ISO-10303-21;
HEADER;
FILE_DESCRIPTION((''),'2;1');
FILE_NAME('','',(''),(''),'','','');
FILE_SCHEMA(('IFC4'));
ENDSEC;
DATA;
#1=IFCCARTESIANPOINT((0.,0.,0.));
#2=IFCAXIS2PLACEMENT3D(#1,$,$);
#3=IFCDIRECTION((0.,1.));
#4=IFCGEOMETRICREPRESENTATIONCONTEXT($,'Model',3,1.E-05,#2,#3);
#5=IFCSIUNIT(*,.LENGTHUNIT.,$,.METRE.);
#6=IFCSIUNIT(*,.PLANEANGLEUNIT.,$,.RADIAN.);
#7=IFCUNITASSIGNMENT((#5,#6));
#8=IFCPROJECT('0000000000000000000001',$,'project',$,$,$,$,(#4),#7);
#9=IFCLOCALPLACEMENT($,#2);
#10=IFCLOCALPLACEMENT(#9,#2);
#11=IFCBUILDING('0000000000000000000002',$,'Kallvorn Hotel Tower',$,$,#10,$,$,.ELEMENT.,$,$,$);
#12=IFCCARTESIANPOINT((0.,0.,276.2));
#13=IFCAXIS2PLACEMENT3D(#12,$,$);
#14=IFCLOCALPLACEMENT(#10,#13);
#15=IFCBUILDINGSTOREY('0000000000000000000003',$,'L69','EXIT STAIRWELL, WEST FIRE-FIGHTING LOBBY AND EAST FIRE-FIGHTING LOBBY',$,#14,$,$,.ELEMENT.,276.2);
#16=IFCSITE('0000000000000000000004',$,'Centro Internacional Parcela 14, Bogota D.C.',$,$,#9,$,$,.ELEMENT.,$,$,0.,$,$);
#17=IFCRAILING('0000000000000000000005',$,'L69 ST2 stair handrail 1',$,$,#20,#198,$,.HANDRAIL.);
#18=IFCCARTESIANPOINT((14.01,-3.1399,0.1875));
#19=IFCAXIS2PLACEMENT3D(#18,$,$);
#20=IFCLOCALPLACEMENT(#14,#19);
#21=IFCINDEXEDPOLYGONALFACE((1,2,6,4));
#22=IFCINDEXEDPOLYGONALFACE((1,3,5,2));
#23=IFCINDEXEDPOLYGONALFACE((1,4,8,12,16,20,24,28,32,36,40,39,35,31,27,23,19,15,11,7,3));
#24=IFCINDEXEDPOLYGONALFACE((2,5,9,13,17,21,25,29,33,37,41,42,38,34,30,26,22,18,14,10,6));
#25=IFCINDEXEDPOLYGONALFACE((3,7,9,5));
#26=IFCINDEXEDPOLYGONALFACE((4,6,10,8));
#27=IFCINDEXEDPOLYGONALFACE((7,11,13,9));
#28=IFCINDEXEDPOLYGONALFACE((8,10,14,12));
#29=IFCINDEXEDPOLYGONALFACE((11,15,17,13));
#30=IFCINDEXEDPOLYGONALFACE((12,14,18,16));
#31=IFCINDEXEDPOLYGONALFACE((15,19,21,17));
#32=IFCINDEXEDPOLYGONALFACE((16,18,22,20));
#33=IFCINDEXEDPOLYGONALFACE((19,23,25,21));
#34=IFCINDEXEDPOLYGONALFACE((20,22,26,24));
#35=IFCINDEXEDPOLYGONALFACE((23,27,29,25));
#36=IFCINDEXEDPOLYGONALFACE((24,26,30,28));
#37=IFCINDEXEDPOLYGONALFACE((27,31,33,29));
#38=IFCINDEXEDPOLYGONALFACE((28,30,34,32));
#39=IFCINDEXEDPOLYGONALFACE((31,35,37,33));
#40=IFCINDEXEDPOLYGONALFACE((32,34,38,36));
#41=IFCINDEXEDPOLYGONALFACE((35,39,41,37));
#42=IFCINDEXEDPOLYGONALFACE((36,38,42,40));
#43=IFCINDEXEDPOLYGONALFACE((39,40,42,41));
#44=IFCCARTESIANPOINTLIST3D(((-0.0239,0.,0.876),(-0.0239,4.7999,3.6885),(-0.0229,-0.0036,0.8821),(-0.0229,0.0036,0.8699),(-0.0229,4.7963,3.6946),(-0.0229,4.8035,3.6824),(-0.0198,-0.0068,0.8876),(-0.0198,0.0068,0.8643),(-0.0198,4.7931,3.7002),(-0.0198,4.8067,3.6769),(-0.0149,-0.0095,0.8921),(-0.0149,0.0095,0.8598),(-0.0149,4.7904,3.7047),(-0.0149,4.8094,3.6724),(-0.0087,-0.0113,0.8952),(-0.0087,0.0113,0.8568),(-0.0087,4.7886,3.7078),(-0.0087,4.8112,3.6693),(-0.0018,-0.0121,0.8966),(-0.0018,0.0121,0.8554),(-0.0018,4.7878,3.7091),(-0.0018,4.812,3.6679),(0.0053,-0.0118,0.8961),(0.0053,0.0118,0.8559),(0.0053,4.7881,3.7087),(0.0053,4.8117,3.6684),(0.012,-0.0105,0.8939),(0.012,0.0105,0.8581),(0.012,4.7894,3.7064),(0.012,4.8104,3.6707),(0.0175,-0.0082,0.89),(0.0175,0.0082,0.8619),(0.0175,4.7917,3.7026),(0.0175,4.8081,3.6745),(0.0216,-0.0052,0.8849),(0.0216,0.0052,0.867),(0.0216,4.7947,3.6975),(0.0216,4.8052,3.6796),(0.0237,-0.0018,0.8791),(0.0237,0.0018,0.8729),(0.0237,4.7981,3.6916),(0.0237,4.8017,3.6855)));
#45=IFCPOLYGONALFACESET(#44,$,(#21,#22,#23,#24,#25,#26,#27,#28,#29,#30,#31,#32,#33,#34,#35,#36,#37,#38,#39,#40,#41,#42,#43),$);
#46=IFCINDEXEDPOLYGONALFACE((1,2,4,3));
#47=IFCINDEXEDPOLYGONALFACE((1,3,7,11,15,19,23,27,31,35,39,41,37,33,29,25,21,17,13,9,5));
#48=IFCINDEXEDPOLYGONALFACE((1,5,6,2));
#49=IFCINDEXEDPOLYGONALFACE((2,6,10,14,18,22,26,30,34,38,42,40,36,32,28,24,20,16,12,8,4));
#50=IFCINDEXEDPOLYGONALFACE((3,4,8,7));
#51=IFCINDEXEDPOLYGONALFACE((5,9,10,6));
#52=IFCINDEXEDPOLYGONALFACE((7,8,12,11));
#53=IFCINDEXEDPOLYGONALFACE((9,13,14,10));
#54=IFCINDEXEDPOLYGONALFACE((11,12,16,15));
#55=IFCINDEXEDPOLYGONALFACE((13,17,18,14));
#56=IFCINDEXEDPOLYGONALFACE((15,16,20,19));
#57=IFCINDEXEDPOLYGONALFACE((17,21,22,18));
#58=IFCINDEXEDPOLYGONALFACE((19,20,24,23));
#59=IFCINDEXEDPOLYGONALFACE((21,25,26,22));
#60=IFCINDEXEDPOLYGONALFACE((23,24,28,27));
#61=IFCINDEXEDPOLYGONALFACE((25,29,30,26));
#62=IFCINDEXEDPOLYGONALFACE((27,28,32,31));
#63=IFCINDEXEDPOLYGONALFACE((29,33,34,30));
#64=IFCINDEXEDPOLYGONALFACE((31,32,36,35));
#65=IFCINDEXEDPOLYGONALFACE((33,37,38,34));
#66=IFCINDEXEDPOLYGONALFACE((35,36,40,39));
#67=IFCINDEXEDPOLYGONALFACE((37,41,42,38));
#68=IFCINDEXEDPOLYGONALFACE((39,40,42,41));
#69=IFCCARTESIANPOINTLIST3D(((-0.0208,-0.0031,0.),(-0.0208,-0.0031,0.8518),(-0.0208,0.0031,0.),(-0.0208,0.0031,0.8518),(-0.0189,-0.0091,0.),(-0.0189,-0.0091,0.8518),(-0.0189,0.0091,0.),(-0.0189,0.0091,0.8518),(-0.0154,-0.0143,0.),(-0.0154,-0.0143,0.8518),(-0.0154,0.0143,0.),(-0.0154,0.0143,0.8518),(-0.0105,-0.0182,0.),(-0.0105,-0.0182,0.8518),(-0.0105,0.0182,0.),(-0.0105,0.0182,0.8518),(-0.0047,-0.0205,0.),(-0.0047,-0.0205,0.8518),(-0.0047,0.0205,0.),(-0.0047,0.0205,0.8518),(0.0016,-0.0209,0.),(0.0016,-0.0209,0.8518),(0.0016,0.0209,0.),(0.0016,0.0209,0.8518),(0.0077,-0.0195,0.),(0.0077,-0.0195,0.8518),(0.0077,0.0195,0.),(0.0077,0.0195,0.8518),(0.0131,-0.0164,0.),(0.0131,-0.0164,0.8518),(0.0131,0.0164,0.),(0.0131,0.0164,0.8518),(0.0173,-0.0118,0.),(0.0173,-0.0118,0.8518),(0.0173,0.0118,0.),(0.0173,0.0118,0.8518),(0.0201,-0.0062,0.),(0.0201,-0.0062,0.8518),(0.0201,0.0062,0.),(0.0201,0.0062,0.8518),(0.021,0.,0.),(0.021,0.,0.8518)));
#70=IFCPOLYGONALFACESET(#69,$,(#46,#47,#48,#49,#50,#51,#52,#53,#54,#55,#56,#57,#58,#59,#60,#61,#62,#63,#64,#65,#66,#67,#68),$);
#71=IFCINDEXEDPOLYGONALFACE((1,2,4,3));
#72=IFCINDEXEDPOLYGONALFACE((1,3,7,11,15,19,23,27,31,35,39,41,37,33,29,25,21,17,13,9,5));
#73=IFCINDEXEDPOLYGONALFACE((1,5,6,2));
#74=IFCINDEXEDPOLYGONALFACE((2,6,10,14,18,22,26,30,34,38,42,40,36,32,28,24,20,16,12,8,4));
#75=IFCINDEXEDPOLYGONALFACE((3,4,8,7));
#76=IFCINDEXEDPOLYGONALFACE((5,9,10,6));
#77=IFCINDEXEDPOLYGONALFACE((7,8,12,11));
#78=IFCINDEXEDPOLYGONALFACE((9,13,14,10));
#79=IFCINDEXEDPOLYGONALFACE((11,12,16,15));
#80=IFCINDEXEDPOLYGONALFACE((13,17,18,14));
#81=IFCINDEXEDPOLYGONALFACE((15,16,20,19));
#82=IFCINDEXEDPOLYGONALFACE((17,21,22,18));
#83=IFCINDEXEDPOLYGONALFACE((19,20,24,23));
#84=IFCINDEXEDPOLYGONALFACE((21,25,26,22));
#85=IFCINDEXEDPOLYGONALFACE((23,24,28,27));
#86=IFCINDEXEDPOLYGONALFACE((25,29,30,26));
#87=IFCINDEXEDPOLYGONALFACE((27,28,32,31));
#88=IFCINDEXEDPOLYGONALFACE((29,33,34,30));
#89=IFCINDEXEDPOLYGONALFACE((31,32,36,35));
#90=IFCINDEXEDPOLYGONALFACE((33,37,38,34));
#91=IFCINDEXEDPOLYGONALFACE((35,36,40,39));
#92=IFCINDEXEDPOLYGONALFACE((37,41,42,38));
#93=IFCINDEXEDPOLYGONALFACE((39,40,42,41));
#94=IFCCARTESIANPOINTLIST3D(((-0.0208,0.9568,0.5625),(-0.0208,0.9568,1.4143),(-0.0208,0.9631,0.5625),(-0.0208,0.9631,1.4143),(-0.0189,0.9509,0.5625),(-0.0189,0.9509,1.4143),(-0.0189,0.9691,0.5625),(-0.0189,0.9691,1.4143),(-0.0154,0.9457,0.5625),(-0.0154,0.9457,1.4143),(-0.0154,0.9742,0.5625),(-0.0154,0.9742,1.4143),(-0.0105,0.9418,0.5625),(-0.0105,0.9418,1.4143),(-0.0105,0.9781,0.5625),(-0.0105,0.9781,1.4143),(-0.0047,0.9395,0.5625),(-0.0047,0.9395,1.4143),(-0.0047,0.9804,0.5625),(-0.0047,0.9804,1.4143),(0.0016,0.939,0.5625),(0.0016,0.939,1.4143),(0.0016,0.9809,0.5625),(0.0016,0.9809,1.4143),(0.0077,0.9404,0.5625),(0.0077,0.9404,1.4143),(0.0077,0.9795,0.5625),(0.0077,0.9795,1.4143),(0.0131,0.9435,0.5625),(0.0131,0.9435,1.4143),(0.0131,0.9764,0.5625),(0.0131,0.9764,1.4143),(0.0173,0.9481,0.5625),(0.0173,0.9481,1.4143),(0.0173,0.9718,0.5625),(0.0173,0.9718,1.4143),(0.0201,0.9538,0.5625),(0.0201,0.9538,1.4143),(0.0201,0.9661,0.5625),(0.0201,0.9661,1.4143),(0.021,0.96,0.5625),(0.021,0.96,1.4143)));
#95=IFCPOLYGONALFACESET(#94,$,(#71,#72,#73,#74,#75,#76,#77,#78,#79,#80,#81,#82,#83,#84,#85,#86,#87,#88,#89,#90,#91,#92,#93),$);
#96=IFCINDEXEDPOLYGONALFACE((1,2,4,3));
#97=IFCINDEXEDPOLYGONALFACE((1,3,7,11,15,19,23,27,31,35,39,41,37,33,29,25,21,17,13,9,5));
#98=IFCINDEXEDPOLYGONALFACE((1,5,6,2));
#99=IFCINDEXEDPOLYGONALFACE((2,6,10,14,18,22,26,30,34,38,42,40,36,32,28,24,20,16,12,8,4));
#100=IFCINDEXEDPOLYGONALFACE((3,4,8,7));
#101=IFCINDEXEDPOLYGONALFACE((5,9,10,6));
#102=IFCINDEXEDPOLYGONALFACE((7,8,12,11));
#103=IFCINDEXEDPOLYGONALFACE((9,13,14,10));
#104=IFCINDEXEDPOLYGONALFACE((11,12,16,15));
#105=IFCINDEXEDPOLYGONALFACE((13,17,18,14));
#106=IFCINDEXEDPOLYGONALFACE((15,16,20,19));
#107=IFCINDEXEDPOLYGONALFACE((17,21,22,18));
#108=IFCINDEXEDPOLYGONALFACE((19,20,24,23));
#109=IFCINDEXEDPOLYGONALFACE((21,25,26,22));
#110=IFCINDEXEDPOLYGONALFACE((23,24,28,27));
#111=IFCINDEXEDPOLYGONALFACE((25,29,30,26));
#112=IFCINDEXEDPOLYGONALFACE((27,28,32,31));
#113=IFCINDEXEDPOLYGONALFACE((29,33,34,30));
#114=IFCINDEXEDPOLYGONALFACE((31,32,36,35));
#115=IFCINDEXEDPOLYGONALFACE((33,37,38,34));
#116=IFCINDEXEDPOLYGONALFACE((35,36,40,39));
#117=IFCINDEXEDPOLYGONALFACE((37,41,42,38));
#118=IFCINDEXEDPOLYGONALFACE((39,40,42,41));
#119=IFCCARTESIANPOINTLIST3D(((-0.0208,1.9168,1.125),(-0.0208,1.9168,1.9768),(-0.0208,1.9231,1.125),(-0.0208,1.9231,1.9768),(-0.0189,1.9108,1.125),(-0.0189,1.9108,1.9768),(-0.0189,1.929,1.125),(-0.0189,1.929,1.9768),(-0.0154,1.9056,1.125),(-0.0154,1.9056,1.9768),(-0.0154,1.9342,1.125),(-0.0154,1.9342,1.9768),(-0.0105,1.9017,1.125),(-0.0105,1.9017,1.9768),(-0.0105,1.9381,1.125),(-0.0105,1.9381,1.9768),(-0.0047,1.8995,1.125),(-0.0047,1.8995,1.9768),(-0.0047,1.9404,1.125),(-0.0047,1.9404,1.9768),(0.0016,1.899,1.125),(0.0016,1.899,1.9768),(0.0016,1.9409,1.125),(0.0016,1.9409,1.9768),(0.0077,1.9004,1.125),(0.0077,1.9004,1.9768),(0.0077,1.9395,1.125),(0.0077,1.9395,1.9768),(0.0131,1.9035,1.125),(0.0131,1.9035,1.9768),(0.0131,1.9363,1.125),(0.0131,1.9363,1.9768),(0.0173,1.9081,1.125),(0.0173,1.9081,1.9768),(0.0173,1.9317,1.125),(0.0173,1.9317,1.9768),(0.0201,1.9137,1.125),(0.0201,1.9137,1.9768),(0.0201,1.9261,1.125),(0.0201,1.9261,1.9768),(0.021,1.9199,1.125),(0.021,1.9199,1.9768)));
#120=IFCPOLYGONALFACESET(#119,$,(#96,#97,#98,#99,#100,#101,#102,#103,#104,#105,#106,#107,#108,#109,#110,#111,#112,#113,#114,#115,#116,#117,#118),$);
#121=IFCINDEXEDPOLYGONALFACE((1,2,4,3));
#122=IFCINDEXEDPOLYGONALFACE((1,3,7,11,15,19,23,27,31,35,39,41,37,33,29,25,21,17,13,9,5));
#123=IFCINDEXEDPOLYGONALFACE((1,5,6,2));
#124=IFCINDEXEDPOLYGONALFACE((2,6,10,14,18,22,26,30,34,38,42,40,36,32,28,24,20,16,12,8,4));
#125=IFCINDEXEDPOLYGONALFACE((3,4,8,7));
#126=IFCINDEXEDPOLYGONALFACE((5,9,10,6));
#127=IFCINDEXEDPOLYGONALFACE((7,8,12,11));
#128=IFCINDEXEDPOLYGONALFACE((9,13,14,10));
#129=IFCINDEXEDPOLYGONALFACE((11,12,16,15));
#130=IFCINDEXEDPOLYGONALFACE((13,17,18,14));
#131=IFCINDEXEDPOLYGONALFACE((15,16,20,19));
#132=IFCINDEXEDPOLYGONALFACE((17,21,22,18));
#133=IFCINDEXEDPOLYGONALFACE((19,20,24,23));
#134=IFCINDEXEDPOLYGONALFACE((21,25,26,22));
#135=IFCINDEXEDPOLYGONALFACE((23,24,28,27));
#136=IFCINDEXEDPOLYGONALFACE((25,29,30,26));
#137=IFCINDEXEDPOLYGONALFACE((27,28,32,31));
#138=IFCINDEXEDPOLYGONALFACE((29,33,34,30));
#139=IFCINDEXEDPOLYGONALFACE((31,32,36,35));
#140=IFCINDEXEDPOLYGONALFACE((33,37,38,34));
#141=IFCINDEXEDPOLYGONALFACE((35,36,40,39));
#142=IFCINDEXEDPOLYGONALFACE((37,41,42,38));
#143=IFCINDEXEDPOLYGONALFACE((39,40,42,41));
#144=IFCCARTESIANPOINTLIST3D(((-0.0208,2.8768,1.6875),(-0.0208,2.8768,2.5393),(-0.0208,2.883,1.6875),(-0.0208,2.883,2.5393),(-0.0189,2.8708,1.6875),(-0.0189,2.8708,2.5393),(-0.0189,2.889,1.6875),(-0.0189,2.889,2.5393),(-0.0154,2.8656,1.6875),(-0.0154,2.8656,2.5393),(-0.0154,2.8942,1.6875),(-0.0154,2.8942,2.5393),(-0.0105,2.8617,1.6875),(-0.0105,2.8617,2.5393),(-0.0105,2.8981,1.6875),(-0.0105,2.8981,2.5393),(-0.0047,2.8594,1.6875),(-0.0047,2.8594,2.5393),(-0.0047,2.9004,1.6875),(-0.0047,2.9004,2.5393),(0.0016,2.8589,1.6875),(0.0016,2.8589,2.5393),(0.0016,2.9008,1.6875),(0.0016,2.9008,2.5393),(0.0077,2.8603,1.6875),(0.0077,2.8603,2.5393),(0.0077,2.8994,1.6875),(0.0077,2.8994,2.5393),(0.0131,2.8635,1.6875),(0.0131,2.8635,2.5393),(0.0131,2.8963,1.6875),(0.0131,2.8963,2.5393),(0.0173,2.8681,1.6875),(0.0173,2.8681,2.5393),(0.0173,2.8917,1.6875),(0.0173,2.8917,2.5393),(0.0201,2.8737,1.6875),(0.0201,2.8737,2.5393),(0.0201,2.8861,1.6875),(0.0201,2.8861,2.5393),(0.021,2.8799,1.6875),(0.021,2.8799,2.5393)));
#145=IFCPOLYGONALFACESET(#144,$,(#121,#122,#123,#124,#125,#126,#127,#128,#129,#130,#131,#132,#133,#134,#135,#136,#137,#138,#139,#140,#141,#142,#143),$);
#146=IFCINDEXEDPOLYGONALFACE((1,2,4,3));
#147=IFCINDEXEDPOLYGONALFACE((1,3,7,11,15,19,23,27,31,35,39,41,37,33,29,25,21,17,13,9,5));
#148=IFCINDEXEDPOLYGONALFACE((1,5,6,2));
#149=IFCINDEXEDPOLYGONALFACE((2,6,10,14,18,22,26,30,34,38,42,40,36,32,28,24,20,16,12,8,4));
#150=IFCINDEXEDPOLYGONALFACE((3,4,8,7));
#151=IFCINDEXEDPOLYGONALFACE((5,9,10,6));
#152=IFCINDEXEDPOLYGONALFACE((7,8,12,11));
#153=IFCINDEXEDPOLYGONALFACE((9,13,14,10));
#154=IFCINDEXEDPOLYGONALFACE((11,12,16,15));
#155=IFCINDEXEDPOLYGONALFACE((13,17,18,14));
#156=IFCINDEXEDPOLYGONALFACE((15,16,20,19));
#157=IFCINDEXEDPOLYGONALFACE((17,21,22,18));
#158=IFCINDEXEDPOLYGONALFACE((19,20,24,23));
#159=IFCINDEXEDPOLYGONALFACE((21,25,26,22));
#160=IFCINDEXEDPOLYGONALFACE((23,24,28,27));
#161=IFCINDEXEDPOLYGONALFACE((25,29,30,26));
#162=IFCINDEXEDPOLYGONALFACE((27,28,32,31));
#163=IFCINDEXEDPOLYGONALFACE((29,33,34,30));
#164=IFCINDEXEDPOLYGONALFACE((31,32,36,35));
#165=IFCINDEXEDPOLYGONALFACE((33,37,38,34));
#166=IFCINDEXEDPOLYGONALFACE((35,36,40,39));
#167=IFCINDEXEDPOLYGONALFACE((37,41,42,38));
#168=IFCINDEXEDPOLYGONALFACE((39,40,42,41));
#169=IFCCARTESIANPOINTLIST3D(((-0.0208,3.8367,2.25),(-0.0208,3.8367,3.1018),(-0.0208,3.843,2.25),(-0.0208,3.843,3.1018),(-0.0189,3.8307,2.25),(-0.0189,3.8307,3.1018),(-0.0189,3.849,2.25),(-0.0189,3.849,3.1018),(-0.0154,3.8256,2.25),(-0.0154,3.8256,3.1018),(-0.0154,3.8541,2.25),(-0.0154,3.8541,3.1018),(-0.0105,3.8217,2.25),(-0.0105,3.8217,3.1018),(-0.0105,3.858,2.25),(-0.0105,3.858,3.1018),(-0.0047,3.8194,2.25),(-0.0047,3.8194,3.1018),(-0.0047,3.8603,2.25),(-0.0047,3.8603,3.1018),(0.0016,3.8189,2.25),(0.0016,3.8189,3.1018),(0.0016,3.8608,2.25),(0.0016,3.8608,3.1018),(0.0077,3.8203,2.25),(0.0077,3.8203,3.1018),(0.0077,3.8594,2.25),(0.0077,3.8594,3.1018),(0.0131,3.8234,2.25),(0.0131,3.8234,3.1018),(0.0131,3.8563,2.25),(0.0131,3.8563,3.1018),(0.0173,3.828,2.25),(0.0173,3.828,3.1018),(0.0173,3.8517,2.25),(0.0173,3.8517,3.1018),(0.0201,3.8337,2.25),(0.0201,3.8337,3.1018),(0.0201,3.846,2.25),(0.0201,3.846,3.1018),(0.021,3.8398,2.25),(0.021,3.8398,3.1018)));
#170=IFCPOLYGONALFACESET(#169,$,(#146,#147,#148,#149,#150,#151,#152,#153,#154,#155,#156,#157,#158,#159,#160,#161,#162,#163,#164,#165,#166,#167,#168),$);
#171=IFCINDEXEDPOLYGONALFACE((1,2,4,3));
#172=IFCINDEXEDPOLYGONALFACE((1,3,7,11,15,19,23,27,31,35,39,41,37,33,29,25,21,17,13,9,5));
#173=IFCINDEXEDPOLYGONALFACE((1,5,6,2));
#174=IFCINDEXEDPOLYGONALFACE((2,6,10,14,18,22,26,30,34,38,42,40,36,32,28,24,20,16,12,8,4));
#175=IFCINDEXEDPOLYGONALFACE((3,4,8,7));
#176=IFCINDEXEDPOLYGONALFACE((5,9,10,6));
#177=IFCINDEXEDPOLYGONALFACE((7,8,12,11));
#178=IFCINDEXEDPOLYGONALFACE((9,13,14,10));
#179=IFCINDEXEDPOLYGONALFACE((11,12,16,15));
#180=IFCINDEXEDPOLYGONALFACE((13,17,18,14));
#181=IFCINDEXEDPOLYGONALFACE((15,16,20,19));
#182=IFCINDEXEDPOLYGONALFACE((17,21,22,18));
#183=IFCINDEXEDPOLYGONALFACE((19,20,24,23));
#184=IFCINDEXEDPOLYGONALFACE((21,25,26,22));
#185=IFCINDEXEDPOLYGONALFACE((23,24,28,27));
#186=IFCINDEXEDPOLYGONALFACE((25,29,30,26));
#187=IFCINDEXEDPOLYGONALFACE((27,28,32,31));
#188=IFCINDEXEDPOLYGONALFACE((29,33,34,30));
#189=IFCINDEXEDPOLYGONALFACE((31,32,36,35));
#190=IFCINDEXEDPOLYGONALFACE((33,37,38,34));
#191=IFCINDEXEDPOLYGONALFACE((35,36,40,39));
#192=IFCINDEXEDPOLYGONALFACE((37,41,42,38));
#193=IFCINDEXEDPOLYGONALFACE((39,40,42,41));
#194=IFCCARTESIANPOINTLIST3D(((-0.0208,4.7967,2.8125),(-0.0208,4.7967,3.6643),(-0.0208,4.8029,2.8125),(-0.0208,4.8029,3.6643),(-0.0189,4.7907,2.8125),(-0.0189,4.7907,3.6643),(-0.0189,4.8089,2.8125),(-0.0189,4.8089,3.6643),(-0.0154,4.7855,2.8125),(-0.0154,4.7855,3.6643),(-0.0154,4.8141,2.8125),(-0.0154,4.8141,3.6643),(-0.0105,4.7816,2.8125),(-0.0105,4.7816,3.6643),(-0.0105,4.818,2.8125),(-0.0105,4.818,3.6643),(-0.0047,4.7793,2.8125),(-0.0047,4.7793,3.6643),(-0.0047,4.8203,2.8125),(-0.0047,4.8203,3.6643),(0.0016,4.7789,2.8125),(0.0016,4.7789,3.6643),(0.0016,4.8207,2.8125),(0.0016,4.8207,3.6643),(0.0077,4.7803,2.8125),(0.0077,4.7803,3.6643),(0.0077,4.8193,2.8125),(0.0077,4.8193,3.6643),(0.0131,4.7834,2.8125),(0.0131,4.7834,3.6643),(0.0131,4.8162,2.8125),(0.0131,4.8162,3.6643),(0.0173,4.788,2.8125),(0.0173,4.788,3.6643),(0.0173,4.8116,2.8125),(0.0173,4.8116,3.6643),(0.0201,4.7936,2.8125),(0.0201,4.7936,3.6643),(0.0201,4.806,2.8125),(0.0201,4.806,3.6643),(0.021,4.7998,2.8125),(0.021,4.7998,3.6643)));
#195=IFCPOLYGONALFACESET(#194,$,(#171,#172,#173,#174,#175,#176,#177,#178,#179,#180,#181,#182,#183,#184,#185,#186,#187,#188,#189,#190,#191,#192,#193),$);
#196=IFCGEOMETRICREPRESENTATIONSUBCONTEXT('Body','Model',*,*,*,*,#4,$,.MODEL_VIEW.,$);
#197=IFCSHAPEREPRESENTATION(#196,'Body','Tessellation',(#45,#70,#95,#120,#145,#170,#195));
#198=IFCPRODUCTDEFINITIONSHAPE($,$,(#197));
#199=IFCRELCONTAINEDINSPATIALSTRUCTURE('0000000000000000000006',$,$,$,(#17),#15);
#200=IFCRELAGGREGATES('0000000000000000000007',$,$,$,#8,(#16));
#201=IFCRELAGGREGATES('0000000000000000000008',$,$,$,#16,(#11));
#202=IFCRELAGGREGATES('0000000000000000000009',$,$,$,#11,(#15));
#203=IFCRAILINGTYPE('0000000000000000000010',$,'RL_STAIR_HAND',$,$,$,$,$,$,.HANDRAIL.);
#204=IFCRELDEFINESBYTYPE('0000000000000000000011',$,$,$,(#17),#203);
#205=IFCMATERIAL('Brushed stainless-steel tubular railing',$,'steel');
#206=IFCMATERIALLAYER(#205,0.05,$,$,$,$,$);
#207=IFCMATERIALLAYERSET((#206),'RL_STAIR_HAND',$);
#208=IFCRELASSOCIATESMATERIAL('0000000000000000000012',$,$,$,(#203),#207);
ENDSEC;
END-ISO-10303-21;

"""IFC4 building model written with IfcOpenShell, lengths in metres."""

from ifc_helpers import new_model, si_unit, direction, frame, origin, origin_2d, place, context, subcontext, project, spatial, circle, extrude, material, layer, layer_set, type_object, element, save


model = new_model("IFC4")

# Units and contexts
model_context = context("Model", 3, precision=1e-05, world=origin(), true_north=direction((0.0, 1.0)))
body_context = subcontext(model_context, "Body", "Model", "MODEL_VIEW")
ifc_project = project(units=[si_unit("LENGTHUNIT", "METRE"), si_unit("PLANEANGLEUNIT", "RADIAN")], contexts=[model_context])

# Site, building, storey
site_placement = place(None, origin())
site = spatial("IfcSite", under=ifc_project, at=site_placement, Name="Centro Internacional Parcela 14, Bogota D.C.", CompositionType="ELEMENT", RefElevation=0.0)
building_placement = place(site_placement, origin())
building = spatial("IfcBuilding", under=site, at=building_placement, Name="Kallvorn Hotel Tower", CompositionType="ELEMENT")
storey_placement = place(building_placement, frame((0.0, 0.0, 276.2)))
storey = spatial("IfcBuildingStorey", under=building, at=storey_placement, Name="L69", Description="EXIT STAIRWELL, WEST FIRE-FIGHTING LOBBY AND EAST FIRE-FIGHTING LOBBY", CompositionType="ELEMENT", Elevation=276.2)

# Railing
ifc_material_1 = material(Name="Brushed stainless-steel tubular railing", Category="steel")
ifc_layer_1 = layer(ifc_material_1, 0.05)
ifc_layer_set_1 = layer_set([ifc_layer_1], Name="RL_STAIR_HAND")
railing_type_1 = type_object("IfcRailingType", Name="RL_STAIR_HAND", PredefinedType="HANDRAIL", material=ifc_layer_set_1)
railing_1_placement = place(storey_placement, frame((14.01, -3.1399, 0.1875)))
element("IfcRailing", 1, at=railing_1_placement, inside=storey, type_object=railing_type_1, Name="L69 ST2 stair handrail 1", PredefinedType="HANDRAIL", context=body_context, shape_type="SweptSolid", body=[
    extrude(circle(Radius=0.0239, at=origin_2d()), frame((0.0, 0.0, 0.876), z_axis=(0.0, 0.86279, 0.505562), x_axis=(-1.0, 0.0, 0.0)), (0.0, 0.0, 1.0), 5.5632),
    extrude(circle(Radius=0.021, at=origin_2d()), origin(), (0.0, 0.0, 1.0), 0.8518),
    extrude(circle(Radius=0.021, at=origin_2d()), frame((0.0, 0.96, 0.5625)), (0.0, 0.0, 1.0), 0.8518),
    extrude(circle(Radius=0.021, at=origin_2d()), frame((0.0, 1.9199, 1.125)), (0.0, 0.0, 1.0), 0.8518),
    extrude(circle(Radius=0.021, at=origin_2d()), frame((0.0, 2.8799, 1.6875)), (0.0, 0.0, 1.0), 0.8518),
    extrude(circle(Radius=0.021, at=origin_2d()), frame((0.0, 3.8398, 2.25)), (0.0, 0.0, 1.0), 0.8518),
    extrude(circle(Radius=0.021, at=origin_2d()), frame((0.0, 4.7998, 2.8125)), (0.0, 0.0, 1.0), 0.8518),
])

save(model, "model.ifc")
